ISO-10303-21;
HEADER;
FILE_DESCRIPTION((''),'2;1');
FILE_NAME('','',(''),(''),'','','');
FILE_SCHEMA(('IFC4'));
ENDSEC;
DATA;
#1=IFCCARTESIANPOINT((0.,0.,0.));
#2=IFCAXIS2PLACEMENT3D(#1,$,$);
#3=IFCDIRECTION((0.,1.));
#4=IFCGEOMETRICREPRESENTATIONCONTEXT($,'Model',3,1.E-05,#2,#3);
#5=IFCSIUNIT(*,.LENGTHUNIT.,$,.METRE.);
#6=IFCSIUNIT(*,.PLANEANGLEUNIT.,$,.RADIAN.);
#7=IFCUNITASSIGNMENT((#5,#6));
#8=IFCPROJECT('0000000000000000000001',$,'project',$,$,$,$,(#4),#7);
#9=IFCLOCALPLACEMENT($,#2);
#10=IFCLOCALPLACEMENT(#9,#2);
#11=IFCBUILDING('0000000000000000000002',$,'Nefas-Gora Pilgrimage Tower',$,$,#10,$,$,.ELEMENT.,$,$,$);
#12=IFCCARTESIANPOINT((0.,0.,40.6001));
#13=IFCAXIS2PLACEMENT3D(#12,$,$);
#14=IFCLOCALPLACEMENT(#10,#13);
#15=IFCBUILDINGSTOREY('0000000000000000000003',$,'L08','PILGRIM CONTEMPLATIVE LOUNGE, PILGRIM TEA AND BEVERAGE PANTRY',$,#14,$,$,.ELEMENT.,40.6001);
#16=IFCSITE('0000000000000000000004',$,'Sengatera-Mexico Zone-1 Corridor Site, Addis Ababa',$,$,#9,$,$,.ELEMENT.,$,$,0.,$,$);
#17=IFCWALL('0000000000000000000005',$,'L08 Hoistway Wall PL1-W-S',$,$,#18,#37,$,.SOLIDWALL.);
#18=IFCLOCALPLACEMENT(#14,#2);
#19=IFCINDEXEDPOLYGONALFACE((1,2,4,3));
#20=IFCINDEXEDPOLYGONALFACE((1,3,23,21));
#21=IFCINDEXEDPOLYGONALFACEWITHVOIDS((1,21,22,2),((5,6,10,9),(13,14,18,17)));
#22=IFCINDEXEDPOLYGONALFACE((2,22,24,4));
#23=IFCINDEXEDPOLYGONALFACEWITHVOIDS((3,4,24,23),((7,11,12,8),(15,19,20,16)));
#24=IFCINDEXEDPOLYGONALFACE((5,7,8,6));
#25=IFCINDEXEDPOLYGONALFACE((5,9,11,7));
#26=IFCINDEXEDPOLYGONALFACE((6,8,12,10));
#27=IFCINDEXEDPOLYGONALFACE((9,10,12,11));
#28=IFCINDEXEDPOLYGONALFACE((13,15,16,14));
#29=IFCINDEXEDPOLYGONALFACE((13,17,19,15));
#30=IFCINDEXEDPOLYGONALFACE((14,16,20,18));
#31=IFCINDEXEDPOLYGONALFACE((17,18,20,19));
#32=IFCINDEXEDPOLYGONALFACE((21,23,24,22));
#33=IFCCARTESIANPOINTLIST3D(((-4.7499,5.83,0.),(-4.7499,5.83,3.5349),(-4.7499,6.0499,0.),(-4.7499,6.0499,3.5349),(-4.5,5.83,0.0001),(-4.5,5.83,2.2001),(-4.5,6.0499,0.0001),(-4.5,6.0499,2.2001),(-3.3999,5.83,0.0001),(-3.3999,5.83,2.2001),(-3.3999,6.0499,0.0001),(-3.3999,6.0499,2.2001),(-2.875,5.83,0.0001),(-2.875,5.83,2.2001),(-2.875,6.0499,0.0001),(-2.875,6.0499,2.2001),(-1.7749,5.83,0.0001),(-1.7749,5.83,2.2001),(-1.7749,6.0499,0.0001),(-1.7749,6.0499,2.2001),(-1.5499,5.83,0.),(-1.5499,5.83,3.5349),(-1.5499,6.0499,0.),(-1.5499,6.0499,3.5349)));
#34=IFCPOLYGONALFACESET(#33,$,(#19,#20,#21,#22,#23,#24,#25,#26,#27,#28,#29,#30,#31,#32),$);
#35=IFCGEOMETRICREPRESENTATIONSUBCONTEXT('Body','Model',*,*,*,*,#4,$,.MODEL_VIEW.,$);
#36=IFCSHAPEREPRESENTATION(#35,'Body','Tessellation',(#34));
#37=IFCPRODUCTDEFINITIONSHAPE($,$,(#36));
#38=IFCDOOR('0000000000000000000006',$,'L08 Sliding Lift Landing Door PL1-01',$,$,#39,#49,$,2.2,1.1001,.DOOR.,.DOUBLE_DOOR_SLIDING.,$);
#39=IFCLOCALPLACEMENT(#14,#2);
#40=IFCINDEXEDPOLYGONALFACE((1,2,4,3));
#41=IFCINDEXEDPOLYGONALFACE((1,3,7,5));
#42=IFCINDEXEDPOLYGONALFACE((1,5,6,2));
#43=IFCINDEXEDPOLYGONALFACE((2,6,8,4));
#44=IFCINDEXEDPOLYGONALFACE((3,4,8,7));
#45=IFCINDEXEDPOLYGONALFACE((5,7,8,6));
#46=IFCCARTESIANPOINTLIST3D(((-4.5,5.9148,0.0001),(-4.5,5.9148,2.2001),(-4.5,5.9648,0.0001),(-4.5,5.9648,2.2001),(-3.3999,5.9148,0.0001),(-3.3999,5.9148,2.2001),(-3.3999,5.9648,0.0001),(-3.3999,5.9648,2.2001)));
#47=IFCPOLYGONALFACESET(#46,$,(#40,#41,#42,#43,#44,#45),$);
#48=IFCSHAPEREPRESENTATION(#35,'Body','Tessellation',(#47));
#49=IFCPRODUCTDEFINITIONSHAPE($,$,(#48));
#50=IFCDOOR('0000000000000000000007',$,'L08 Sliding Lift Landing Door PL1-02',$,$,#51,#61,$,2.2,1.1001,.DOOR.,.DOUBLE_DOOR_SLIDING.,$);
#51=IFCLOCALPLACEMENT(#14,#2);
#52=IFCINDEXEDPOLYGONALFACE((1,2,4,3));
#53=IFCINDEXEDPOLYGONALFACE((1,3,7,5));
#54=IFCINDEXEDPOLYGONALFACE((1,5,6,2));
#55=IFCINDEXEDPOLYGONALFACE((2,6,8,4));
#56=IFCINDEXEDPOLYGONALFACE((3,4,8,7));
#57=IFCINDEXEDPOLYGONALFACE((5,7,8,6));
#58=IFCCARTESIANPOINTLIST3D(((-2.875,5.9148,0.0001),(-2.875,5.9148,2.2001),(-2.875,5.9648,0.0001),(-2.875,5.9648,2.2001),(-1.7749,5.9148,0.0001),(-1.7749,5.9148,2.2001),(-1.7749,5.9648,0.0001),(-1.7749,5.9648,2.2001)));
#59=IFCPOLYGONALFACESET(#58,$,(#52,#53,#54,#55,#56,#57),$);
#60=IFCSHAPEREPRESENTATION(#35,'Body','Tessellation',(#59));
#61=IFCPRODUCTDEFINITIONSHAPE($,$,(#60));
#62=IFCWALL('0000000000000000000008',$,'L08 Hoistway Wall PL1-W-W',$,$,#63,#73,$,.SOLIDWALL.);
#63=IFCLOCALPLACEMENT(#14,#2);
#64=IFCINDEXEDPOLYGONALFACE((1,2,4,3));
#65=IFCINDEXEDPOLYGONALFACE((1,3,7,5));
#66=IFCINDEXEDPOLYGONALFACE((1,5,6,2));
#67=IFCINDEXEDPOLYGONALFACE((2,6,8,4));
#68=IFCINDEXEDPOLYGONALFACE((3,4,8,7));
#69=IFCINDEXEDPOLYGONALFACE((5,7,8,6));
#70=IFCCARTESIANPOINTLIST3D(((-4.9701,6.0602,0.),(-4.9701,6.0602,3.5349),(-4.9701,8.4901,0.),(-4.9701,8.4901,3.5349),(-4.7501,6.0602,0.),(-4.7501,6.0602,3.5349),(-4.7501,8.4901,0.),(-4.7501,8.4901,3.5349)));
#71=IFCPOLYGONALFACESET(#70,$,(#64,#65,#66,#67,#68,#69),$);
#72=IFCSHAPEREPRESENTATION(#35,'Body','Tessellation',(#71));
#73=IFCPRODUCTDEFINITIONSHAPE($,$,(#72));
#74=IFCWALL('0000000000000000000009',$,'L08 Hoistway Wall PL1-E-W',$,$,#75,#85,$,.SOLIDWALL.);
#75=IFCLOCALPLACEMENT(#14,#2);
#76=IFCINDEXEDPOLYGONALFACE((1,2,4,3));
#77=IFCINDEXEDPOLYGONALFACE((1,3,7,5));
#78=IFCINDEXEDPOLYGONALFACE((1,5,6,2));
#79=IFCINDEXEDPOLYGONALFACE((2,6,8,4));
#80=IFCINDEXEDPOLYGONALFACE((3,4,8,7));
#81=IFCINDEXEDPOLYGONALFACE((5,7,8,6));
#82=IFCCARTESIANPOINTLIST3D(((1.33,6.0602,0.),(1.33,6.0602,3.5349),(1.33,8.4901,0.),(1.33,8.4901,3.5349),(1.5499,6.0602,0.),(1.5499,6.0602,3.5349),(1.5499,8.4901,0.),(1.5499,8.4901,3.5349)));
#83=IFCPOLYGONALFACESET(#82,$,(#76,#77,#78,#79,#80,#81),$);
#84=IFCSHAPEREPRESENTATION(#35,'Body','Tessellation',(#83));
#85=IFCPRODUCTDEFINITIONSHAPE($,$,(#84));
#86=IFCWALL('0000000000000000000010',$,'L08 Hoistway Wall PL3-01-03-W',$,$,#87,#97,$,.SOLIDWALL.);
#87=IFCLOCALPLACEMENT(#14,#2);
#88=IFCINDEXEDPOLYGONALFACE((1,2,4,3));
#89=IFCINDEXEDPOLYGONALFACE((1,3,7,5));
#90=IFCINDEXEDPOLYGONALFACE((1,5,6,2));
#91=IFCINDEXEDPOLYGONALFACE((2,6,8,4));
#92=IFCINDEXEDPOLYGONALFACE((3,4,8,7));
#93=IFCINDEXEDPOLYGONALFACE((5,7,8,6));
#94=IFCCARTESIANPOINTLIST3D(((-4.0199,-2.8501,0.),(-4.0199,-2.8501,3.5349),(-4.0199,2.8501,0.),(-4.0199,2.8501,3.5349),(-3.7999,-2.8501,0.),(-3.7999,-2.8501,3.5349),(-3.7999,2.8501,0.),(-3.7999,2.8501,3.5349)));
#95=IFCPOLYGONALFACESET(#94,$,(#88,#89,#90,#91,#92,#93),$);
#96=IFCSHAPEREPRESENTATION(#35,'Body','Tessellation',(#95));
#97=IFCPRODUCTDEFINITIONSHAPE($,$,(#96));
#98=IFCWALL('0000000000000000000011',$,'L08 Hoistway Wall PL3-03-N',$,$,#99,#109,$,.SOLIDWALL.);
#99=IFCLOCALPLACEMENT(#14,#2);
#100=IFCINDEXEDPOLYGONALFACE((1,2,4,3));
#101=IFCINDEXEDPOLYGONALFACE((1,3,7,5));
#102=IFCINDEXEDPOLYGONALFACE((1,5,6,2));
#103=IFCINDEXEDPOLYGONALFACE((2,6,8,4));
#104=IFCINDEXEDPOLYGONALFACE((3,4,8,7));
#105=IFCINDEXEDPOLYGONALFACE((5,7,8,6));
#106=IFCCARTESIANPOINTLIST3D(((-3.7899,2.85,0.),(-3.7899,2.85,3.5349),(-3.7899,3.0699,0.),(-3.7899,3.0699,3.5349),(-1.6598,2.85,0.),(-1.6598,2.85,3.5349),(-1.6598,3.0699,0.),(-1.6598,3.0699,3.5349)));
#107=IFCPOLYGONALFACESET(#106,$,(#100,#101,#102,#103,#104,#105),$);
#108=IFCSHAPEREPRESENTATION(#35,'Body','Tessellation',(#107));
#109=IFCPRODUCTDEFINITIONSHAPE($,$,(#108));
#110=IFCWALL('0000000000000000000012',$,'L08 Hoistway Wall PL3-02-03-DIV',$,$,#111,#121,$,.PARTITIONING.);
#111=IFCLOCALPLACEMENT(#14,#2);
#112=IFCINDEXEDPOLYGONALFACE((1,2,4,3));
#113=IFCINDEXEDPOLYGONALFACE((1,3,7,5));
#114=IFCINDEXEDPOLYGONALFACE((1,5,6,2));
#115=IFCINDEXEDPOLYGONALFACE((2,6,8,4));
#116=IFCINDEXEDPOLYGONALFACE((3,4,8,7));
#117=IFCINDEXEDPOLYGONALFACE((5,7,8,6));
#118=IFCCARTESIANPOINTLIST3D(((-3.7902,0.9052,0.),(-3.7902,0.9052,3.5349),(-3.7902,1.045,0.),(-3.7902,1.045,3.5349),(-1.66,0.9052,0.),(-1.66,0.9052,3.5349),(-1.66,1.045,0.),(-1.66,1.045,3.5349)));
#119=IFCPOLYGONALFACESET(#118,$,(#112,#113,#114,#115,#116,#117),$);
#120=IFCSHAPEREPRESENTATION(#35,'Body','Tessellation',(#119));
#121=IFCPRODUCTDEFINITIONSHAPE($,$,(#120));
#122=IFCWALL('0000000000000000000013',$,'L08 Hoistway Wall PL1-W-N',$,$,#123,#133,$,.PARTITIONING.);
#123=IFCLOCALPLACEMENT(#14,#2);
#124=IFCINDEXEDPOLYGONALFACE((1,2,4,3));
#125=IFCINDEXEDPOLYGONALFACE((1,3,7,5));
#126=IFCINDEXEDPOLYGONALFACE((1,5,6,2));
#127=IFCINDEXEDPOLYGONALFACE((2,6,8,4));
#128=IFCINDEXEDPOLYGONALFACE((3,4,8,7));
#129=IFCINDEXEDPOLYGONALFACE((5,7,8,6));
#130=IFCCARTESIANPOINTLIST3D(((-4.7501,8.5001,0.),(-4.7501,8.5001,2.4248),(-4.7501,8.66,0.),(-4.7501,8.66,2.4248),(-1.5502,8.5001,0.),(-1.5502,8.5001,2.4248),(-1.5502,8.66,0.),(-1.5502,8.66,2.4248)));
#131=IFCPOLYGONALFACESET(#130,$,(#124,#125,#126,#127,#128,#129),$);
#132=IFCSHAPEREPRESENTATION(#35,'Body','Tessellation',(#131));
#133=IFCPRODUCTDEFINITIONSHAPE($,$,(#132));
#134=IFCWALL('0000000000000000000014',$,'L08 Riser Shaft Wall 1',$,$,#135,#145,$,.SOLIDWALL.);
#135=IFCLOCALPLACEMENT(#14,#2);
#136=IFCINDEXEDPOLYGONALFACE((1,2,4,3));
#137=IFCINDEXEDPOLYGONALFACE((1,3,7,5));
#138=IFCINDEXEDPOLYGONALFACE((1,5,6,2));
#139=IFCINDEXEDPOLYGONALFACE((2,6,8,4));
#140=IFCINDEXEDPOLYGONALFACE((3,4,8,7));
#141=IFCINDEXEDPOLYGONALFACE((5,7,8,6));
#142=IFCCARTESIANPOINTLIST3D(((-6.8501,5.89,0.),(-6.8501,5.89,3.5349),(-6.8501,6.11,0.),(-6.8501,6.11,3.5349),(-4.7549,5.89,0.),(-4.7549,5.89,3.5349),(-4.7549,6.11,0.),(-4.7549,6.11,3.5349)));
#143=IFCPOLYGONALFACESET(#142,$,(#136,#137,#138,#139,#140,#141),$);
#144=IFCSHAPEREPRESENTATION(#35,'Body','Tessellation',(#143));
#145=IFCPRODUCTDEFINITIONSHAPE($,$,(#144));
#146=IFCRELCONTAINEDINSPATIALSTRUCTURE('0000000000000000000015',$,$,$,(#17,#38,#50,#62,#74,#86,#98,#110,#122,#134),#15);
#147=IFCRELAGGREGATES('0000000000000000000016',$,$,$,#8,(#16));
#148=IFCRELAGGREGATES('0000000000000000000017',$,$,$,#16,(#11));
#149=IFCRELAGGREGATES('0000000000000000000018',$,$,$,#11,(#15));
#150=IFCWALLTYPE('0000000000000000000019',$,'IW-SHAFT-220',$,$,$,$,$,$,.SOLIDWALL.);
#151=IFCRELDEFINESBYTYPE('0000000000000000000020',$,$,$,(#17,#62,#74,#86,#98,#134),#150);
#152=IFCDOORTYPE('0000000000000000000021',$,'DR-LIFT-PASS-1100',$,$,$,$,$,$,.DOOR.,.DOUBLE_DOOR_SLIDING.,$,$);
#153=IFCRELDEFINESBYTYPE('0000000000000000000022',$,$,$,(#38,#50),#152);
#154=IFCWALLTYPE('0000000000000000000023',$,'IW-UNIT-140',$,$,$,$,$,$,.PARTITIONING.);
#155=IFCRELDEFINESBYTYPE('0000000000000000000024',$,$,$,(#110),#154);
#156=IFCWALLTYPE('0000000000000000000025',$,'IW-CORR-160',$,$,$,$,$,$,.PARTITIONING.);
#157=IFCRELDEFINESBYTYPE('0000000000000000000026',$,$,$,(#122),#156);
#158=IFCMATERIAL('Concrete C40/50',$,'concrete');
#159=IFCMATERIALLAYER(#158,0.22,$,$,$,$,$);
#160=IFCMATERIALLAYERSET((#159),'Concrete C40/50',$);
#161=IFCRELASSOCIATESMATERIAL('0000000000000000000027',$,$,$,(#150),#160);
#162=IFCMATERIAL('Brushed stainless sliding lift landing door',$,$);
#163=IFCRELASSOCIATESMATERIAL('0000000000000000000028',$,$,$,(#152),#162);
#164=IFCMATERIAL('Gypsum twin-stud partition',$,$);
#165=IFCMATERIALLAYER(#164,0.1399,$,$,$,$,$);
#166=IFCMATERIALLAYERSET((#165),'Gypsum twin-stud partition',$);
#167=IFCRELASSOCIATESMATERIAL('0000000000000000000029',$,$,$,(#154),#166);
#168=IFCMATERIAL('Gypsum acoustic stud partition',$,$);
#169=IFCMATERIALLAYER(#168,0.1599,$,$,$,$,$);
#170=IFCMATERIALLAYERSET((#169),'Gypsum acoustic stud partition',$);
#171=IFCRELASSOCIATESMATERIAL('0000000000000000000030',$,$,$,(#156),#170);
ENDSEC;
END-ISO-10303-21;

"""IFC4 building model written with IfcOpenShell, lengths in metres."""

from ifc_helpers import new_model, si_unit, direction, frame, frame_2d, origin, place, context, subcontext, project, spatial, rectangle, extrude, source, transform, mapped, material, layer, layer_set, type_object, element, fill, save


model = new_model("IFC4")

# Units and contexts
model_context = context("Model", 3, precision=1e-05, world=origin(), true_north=direction((0.0, 1.0)))
body_context = subcontext(model_context, "Body", "Model", "MODEL_VIEW")
ifc_project = project(units=[si_unit("LENGTHUNIT", "METRE"), si_unit("PLANEANGLEUNIT", "RADIAN")], contexts=[model_context])

# Site, building, storey
site_placement = place(None, origin())
site = spatial("IfcSite", under=ifc_project, at=site_placement, Name="Sengatera-Mexico Zone-1 Corridor Site, Addis Ababa", CompositionType="ELEMENT", RefElevation=0.0)
building_placement = place(site_placement, origin())
building = spatial("IfcBuilding", under=site, at=building_placement, Name="Nefas-Gora Pilgrimage Tower", CompositionType="ELEMENT")
storey_placement = place(building_placement, frame((0.0, 0.0, 40.6001)))
storey = spatial("IfcBuildingStorey", under=building, at=storey_placement, Name="L08", Description="PILGRIM CONTEMPLATIVE LOUNGE, PILGRIM TEA AND BEVERAGE PANTRY", CompositionType="ELEMENT", Elevation=40.6001)

# Shared definitions
ifc_material_1 = material(Name="Concrete C40/50", Category="concrete")

# Shared definitions
ifc_layer_1 = layer(ifc_material_1, 0.22)
ifc_layer_set_1 = layer_set([ifc_layer_1], Name="Concrete C40/50")
wall_type_1 = type_object("IfcWallType", Name="IW-SHAFT-220", PredefinedType="SOLIDWALL", material=ifc_layer_set_1)

# Wall, openings, doors
shared_shape_1 = source(origin(), body_context, "Body", "SweptSolid", [
    extrude(rectangle(XDim=3.2, YDim=0.22, at=frame_2d((1.6001, 0.0))), origin(), (0.0, 0.0, 1.0), 3.5349),
])
wall_1_placement = place(storey_placement, frame((-4.75, 5.9399, 0.0), z_axis=(0.0, 0.0, 1.0), x_axis=(1.0, 0.0, 0.0)))
wall_1 = element("IfcWall", 1, at=wall_1_placement, inside=storey, type_object=wall_type_1, Name="L08 Hoistway Wall PL1-W-S", PredefinedType="SOLIDWALL", context=body_context, shape_type="MappedRepresentation", body=[
    mapped(shared_shape_1, transform((0.0, 0.0, 0.0), x_axis=(1.0, 0.0, 0.0), y_axis=(0.0, 1.0, 0.0), z_axis=(0.0, 0.0, 1.0), scale=1.0)),
])
opening_1_placement = place(wall_1_placement, frame((0.25, 0.0, 0.0)))
opening_1 = element("IfcOpeningElement", 2, at=opening_1_placement, cuts=wall_1, PredefinedType="OPENING", context=body_context, shape_type="SweptSolid", body=[
    extrude(rectangle(XDim=1.1001, YDim=2.2, at=frame_2d((0.55, 1.1001))), frame((0.0, 0.1199, 0.0), z_axis=(0.0, -1.0, 0.0), x_axis=(1.0, 0.0, 0.0)), (0.0, 0.0, 1.0), 0.24),
])
opening_2_placement = place(wall_1_placement, frame((1.875, 0.0, 0.0)))
opening_2 = element("IfcOpeningElement", 3, at=opening_2_placement, cuts=wall_1, PredefinedType="OPENING", context=body_context, shape_type="SweptSolid", body=[
    extrude(rectangle(XDim=1.1001, YDim=2.2, at=frame_2d((0.55, 1.1001))), frame((0.0, 0.1199, 0.0), z_axis=(0.0, -1.0, 0.0), x_axis=(1.0, 0.0, 0.0)), (0.0, 0.0, 1.0), 0.24),
])
ifc_material_2 = material(Name="Brushed stainless sliding lift landing door")
door_type_1 = type_object("IfcDoorType", Name="DR-LIFT-PASS-1100", OperationType="DOUBLE_DOOR_SLIDING", PredefinedType="DOOR", material=ifc_material_2)
shared_shape_2 = source(origin(), body_context, "Body", "SweptSolid", [
    extrude(rectangle(XDim=1.1001, YDim=2.2, at=frame_2d((0.55, 1.1001))), frame((0.0, 0.0249, 0.0), z_axis=(0.0, -1.0, 0.0), x_axis=(1.0, 0.0, 0.0)), (0.0, 0.0, 1.0), 0.05),
])
door_1_placement = place(opening_1_placement, origin())
door_1 = element("IfcDoor", 4, at=door_1_placement, inside=storey, type_object=door_type_1, Name="L08 Sliding Lift Landing Door PL1-01", OperationType="DOUBLE_DOOR_SLIDING", OverallHeight=2.2, OverallWidth=1.1001, PredefinedType="DOOR", context=body_context, shape_type="MappedRepresentation", body=[
    mapped(shared_shape_2, transform((0.0, 0.0, 0.0), x_axis=(1.0, 0.0, 0.0), y_axis=(0.0, 1.0, 0.0), z_axis=(0.0, 0.0, 1.0), scale=1.0)),
])
fill(opening_1, door_1)
door_2_placement = place(opening_2_placement, origin())
door_2 = element("IfcDoor", 5, at=door_2_placement, inside=storey, type_object=door_type_1, Name="L08 Sliding Lift Landing Door PL1-02", OperationType="DOUBLE_DOOR_SLIDING", OverallHeight=2.2, OverallWidth=1.1001, PredefinedType="DOOR", context=body_context, shape_type="MappedRepresentation", body=[
    mapped(shared_shape_2, transform((0.0, 0.0, 0.0), x_axis=(1.0, 0.0, 0.0), y_axis=(0.0, 1.0, 0.0), z_axis=(0.0, 0.0, 1.0), scale=1.0)),
])
fill(opening_2, door_2)

# Walls
shared_shape_3 = source(origin(), body_context, "Body", "SweptSolid", [
    extrude(rectangle(XDim=2.4299, YDim=0.22, at=frame_2d((1.2148, 0.0))), origin(), (0.0, 0.0, 1.0), 3.5349),
])
for number, where, z_axis, x_axis, name in (
    (6, (-4.8601, 8.49, 0.0), (0.0, 0.0, 1.0), (0.0, -1.0, 0.0), "L08 Hoistway Wall PL1-W-W"),
    (7, (1.4399, 8.49, 0.0), (0.0, 0.0, 1.0), (0.0, -1.0, 0.0), "L08 Hoistway Wall PL1-E-W"),
):
    element("IfcWall", number, at=place(storey_placement, frame(where, z_axis=z_axis, x_axis=x_axis)), inside=storey, type_object=wall_type_1, Name=name, PredefinedType="SOLIDWALL", context=body_context, shape_type="MappedRepresentation", body=[
        mapped(shared_shape_3, transform((0.0, 0.0, 0.0), x_axis=(1.0, 0.0, 0.0), y_axis=(0.0, 1.0, 0.0), z_axis=(0.0, 0.0, 1.0), scale=1.0)),
    ])
ifc_material_3 = material(Name="Gypsum twin-stud partition")
ifc_layer_2 = layer(ifc_material_3, 0.1399)
ifc_layer_set_2 = layer_set([ifc_layer_2], Name="Gypsum twin-stud partition")
wall_type_2 = type_object("IfcWallType", Name="IW-UNIT-140", PredefinedType="PARTITIONING", material=ifc_layer_set_2)
shared_shape_4 = source(origin(), body_context, "Body", "SweptSolid", [
    extrude(rectangle(XDim=5.7002, YDim=0.22, at=frame_2d((2.8501, 0.0))), origin(), (0.0, 0.0, 1.0), 3.5349),
])
wall_2_placement = place(storey_placement, frame((-3.9099, 2.8501, 0.0), z_axis=(0.0, 0.0, 1.0), x_axis=(0.0, -1.0, 0.0)))
element("IfcWall", 8, at=wall_2_placement, inside=storey, type_object=wall_type_1, Name="L08 Hoistway Wall PL3-01-03-W", PredefinedType="SOLIDWALL", context=body_context, shape_type="MappedRepresentation", body=[
    mapped(shared_shape_4, transform((0.0, 0.0, 0.0), x_axis=(1.0, 0.0, 0.0), y_axis=(0.0, 1.0, 0.0), z_axis=(0.0, 0.0, 1.0), scale=1.0)),
])
shared_shape_5 = source(origin(), body_context, "Body", "SweptSolid", [
    extrude(rectangle(XDim=2.1301, YDim=0.22, at=frame_2d((1.0649, 0.0))), origin(), (0.0, 0.0, 1.0), 3.5349),
])
wall_3_placement = place(storey_placement, frame((-1.6599, 2.96, 0.0), z_axis=(0.0, 0.0, 1.0), x_axis=(-1.0, 0.0, 0.0)))
element("IfcWall", 9, at=wall_3_placement, inside=storey, type_object=wall_type_1, Name="L08 Hoistway Wall PL3-03-N", PredefinedType="SOLIDWALL", context=body_context, shape_type="MappedRepresentation", body=[
    mapped(shared_shape_5, transform((0.0, 0.0, 0.0), x_axis=(1.0, 0.0, 0.0), y_axis=(0.0, 1.0, 0.0), z_axis=(0.0, 0.0, 1.0), scale=1.0)),
])
shared_shape_6 = source(origin(), body_context, "Body", "SweptSolid", [
    extrude(rectangle(XDim=2.1301, YDim=0.1399, at=frame_2d((1.0649, 0.0))), origin(), (0.0, 0.0, 1.0), 3.5349),
])
wall_4_placement = place(storey_placement, frame((-3.79, 0.9751, 0.0), z_axis=(0.0, 0.0, 1.0), x_axis=(1.0, 0.0, 0.0)))
element("IfcWall", 10, at=wall_4_placement, inside=storey, type_object=wall_type_2, Name="L08 Hoistway Wall PL3-02-03-DIV", PredefinedType="PARTITIONING", context=body_context, shape_type="MappedRepresentation", body=[
    mapped(shared_shape_6, transform((0.0, 0.0, 0.0), x_axis=(1.0, 0.0, 0.0), y_axis=(0.0, 1.0, 0.0), z_axis=(0.0, 0.0, 1.0), scale=1.0)),
])
ifc_material_4 = material(Name="Gypsum acoustic stud partition")
ifc_layer_3 = layer(ifc_material_4, 0.1599)
ifc_layer_set_3 = layer_set([ifc_layer_3], Name="Gypsum acoustic stud partition")
wall_type_3 = type_object("IfcWallType", Name="IW-CORR-160", PredefinedType="PARTITIONING", material=ifc_layer_set_3)
shared_shape_7 = source(origin(), body_context, "Body", "SweptSolid", [
    extrude(rectangle(XDim=3.2, YDim=0.1599, at=frame_2d((1.6001, 0.0))), origin(), (0.0, 0.0, 1.0), 2.4248),
])
wall_5_placement = place(storey_placement, frame((-1.55, 8.5801, 0.0), z_axis=(0.0, 0.0, 1.0), x_axis=(-1.0, 0.0, 0.0)))
element("IfcWall", 11, at=wall_5_placement, inside=storey, type_object=wall_type_3, Name="L08 Hoistway Wall PL1-W-N", PredefinedType="PARTITIONING", context=body_context, shape_type="MappedRepresentation", body=[
    mapped(shared_shape_7, transform((0.0, 0.0, 0.0), x_axis=(1.0, 0.0, 0.0), y_axis=(0.0, 1.0, 0.0), z_axis=(0.0, 0.0, 1.0), scale=1.0)),
])
shared_shape_8 = source(origin(), body_context, "Body", "SweptSolid", [
    extrude(rectangle(XDim=2.0952, YDim=0.22, at=frame_2d((1.0476, 0.0))), origin(), (0.0, 0.0, 1.0), 3.5349),
])
wall_6_placement = place(storey_placement, frame((-6.8501, 6.0, 0.0), z_axis=(0.0, 0.0, 1.0), x_axis=(1.0, 0.0, 0.0)))
element("IfcWall", 12, at=wall_6_placement, inside=storey, type_object=wall_type_1, Name="L08 Riser Shaft Wall 1", PredefinedType="SOLIDWALL", context=body_context, shape_type="MappedRepresentation", body=[
    mapped(shared_shape_8, transform((0.0, 0.0, 0.0), x_axis=(1.0, 0.0, 0.0), y_axis=(0.0, 1.0, 0.0), z_axis=(0.0, 0.0, 1.0), scale=1.0)),
])

save(model, "model.ifc")
